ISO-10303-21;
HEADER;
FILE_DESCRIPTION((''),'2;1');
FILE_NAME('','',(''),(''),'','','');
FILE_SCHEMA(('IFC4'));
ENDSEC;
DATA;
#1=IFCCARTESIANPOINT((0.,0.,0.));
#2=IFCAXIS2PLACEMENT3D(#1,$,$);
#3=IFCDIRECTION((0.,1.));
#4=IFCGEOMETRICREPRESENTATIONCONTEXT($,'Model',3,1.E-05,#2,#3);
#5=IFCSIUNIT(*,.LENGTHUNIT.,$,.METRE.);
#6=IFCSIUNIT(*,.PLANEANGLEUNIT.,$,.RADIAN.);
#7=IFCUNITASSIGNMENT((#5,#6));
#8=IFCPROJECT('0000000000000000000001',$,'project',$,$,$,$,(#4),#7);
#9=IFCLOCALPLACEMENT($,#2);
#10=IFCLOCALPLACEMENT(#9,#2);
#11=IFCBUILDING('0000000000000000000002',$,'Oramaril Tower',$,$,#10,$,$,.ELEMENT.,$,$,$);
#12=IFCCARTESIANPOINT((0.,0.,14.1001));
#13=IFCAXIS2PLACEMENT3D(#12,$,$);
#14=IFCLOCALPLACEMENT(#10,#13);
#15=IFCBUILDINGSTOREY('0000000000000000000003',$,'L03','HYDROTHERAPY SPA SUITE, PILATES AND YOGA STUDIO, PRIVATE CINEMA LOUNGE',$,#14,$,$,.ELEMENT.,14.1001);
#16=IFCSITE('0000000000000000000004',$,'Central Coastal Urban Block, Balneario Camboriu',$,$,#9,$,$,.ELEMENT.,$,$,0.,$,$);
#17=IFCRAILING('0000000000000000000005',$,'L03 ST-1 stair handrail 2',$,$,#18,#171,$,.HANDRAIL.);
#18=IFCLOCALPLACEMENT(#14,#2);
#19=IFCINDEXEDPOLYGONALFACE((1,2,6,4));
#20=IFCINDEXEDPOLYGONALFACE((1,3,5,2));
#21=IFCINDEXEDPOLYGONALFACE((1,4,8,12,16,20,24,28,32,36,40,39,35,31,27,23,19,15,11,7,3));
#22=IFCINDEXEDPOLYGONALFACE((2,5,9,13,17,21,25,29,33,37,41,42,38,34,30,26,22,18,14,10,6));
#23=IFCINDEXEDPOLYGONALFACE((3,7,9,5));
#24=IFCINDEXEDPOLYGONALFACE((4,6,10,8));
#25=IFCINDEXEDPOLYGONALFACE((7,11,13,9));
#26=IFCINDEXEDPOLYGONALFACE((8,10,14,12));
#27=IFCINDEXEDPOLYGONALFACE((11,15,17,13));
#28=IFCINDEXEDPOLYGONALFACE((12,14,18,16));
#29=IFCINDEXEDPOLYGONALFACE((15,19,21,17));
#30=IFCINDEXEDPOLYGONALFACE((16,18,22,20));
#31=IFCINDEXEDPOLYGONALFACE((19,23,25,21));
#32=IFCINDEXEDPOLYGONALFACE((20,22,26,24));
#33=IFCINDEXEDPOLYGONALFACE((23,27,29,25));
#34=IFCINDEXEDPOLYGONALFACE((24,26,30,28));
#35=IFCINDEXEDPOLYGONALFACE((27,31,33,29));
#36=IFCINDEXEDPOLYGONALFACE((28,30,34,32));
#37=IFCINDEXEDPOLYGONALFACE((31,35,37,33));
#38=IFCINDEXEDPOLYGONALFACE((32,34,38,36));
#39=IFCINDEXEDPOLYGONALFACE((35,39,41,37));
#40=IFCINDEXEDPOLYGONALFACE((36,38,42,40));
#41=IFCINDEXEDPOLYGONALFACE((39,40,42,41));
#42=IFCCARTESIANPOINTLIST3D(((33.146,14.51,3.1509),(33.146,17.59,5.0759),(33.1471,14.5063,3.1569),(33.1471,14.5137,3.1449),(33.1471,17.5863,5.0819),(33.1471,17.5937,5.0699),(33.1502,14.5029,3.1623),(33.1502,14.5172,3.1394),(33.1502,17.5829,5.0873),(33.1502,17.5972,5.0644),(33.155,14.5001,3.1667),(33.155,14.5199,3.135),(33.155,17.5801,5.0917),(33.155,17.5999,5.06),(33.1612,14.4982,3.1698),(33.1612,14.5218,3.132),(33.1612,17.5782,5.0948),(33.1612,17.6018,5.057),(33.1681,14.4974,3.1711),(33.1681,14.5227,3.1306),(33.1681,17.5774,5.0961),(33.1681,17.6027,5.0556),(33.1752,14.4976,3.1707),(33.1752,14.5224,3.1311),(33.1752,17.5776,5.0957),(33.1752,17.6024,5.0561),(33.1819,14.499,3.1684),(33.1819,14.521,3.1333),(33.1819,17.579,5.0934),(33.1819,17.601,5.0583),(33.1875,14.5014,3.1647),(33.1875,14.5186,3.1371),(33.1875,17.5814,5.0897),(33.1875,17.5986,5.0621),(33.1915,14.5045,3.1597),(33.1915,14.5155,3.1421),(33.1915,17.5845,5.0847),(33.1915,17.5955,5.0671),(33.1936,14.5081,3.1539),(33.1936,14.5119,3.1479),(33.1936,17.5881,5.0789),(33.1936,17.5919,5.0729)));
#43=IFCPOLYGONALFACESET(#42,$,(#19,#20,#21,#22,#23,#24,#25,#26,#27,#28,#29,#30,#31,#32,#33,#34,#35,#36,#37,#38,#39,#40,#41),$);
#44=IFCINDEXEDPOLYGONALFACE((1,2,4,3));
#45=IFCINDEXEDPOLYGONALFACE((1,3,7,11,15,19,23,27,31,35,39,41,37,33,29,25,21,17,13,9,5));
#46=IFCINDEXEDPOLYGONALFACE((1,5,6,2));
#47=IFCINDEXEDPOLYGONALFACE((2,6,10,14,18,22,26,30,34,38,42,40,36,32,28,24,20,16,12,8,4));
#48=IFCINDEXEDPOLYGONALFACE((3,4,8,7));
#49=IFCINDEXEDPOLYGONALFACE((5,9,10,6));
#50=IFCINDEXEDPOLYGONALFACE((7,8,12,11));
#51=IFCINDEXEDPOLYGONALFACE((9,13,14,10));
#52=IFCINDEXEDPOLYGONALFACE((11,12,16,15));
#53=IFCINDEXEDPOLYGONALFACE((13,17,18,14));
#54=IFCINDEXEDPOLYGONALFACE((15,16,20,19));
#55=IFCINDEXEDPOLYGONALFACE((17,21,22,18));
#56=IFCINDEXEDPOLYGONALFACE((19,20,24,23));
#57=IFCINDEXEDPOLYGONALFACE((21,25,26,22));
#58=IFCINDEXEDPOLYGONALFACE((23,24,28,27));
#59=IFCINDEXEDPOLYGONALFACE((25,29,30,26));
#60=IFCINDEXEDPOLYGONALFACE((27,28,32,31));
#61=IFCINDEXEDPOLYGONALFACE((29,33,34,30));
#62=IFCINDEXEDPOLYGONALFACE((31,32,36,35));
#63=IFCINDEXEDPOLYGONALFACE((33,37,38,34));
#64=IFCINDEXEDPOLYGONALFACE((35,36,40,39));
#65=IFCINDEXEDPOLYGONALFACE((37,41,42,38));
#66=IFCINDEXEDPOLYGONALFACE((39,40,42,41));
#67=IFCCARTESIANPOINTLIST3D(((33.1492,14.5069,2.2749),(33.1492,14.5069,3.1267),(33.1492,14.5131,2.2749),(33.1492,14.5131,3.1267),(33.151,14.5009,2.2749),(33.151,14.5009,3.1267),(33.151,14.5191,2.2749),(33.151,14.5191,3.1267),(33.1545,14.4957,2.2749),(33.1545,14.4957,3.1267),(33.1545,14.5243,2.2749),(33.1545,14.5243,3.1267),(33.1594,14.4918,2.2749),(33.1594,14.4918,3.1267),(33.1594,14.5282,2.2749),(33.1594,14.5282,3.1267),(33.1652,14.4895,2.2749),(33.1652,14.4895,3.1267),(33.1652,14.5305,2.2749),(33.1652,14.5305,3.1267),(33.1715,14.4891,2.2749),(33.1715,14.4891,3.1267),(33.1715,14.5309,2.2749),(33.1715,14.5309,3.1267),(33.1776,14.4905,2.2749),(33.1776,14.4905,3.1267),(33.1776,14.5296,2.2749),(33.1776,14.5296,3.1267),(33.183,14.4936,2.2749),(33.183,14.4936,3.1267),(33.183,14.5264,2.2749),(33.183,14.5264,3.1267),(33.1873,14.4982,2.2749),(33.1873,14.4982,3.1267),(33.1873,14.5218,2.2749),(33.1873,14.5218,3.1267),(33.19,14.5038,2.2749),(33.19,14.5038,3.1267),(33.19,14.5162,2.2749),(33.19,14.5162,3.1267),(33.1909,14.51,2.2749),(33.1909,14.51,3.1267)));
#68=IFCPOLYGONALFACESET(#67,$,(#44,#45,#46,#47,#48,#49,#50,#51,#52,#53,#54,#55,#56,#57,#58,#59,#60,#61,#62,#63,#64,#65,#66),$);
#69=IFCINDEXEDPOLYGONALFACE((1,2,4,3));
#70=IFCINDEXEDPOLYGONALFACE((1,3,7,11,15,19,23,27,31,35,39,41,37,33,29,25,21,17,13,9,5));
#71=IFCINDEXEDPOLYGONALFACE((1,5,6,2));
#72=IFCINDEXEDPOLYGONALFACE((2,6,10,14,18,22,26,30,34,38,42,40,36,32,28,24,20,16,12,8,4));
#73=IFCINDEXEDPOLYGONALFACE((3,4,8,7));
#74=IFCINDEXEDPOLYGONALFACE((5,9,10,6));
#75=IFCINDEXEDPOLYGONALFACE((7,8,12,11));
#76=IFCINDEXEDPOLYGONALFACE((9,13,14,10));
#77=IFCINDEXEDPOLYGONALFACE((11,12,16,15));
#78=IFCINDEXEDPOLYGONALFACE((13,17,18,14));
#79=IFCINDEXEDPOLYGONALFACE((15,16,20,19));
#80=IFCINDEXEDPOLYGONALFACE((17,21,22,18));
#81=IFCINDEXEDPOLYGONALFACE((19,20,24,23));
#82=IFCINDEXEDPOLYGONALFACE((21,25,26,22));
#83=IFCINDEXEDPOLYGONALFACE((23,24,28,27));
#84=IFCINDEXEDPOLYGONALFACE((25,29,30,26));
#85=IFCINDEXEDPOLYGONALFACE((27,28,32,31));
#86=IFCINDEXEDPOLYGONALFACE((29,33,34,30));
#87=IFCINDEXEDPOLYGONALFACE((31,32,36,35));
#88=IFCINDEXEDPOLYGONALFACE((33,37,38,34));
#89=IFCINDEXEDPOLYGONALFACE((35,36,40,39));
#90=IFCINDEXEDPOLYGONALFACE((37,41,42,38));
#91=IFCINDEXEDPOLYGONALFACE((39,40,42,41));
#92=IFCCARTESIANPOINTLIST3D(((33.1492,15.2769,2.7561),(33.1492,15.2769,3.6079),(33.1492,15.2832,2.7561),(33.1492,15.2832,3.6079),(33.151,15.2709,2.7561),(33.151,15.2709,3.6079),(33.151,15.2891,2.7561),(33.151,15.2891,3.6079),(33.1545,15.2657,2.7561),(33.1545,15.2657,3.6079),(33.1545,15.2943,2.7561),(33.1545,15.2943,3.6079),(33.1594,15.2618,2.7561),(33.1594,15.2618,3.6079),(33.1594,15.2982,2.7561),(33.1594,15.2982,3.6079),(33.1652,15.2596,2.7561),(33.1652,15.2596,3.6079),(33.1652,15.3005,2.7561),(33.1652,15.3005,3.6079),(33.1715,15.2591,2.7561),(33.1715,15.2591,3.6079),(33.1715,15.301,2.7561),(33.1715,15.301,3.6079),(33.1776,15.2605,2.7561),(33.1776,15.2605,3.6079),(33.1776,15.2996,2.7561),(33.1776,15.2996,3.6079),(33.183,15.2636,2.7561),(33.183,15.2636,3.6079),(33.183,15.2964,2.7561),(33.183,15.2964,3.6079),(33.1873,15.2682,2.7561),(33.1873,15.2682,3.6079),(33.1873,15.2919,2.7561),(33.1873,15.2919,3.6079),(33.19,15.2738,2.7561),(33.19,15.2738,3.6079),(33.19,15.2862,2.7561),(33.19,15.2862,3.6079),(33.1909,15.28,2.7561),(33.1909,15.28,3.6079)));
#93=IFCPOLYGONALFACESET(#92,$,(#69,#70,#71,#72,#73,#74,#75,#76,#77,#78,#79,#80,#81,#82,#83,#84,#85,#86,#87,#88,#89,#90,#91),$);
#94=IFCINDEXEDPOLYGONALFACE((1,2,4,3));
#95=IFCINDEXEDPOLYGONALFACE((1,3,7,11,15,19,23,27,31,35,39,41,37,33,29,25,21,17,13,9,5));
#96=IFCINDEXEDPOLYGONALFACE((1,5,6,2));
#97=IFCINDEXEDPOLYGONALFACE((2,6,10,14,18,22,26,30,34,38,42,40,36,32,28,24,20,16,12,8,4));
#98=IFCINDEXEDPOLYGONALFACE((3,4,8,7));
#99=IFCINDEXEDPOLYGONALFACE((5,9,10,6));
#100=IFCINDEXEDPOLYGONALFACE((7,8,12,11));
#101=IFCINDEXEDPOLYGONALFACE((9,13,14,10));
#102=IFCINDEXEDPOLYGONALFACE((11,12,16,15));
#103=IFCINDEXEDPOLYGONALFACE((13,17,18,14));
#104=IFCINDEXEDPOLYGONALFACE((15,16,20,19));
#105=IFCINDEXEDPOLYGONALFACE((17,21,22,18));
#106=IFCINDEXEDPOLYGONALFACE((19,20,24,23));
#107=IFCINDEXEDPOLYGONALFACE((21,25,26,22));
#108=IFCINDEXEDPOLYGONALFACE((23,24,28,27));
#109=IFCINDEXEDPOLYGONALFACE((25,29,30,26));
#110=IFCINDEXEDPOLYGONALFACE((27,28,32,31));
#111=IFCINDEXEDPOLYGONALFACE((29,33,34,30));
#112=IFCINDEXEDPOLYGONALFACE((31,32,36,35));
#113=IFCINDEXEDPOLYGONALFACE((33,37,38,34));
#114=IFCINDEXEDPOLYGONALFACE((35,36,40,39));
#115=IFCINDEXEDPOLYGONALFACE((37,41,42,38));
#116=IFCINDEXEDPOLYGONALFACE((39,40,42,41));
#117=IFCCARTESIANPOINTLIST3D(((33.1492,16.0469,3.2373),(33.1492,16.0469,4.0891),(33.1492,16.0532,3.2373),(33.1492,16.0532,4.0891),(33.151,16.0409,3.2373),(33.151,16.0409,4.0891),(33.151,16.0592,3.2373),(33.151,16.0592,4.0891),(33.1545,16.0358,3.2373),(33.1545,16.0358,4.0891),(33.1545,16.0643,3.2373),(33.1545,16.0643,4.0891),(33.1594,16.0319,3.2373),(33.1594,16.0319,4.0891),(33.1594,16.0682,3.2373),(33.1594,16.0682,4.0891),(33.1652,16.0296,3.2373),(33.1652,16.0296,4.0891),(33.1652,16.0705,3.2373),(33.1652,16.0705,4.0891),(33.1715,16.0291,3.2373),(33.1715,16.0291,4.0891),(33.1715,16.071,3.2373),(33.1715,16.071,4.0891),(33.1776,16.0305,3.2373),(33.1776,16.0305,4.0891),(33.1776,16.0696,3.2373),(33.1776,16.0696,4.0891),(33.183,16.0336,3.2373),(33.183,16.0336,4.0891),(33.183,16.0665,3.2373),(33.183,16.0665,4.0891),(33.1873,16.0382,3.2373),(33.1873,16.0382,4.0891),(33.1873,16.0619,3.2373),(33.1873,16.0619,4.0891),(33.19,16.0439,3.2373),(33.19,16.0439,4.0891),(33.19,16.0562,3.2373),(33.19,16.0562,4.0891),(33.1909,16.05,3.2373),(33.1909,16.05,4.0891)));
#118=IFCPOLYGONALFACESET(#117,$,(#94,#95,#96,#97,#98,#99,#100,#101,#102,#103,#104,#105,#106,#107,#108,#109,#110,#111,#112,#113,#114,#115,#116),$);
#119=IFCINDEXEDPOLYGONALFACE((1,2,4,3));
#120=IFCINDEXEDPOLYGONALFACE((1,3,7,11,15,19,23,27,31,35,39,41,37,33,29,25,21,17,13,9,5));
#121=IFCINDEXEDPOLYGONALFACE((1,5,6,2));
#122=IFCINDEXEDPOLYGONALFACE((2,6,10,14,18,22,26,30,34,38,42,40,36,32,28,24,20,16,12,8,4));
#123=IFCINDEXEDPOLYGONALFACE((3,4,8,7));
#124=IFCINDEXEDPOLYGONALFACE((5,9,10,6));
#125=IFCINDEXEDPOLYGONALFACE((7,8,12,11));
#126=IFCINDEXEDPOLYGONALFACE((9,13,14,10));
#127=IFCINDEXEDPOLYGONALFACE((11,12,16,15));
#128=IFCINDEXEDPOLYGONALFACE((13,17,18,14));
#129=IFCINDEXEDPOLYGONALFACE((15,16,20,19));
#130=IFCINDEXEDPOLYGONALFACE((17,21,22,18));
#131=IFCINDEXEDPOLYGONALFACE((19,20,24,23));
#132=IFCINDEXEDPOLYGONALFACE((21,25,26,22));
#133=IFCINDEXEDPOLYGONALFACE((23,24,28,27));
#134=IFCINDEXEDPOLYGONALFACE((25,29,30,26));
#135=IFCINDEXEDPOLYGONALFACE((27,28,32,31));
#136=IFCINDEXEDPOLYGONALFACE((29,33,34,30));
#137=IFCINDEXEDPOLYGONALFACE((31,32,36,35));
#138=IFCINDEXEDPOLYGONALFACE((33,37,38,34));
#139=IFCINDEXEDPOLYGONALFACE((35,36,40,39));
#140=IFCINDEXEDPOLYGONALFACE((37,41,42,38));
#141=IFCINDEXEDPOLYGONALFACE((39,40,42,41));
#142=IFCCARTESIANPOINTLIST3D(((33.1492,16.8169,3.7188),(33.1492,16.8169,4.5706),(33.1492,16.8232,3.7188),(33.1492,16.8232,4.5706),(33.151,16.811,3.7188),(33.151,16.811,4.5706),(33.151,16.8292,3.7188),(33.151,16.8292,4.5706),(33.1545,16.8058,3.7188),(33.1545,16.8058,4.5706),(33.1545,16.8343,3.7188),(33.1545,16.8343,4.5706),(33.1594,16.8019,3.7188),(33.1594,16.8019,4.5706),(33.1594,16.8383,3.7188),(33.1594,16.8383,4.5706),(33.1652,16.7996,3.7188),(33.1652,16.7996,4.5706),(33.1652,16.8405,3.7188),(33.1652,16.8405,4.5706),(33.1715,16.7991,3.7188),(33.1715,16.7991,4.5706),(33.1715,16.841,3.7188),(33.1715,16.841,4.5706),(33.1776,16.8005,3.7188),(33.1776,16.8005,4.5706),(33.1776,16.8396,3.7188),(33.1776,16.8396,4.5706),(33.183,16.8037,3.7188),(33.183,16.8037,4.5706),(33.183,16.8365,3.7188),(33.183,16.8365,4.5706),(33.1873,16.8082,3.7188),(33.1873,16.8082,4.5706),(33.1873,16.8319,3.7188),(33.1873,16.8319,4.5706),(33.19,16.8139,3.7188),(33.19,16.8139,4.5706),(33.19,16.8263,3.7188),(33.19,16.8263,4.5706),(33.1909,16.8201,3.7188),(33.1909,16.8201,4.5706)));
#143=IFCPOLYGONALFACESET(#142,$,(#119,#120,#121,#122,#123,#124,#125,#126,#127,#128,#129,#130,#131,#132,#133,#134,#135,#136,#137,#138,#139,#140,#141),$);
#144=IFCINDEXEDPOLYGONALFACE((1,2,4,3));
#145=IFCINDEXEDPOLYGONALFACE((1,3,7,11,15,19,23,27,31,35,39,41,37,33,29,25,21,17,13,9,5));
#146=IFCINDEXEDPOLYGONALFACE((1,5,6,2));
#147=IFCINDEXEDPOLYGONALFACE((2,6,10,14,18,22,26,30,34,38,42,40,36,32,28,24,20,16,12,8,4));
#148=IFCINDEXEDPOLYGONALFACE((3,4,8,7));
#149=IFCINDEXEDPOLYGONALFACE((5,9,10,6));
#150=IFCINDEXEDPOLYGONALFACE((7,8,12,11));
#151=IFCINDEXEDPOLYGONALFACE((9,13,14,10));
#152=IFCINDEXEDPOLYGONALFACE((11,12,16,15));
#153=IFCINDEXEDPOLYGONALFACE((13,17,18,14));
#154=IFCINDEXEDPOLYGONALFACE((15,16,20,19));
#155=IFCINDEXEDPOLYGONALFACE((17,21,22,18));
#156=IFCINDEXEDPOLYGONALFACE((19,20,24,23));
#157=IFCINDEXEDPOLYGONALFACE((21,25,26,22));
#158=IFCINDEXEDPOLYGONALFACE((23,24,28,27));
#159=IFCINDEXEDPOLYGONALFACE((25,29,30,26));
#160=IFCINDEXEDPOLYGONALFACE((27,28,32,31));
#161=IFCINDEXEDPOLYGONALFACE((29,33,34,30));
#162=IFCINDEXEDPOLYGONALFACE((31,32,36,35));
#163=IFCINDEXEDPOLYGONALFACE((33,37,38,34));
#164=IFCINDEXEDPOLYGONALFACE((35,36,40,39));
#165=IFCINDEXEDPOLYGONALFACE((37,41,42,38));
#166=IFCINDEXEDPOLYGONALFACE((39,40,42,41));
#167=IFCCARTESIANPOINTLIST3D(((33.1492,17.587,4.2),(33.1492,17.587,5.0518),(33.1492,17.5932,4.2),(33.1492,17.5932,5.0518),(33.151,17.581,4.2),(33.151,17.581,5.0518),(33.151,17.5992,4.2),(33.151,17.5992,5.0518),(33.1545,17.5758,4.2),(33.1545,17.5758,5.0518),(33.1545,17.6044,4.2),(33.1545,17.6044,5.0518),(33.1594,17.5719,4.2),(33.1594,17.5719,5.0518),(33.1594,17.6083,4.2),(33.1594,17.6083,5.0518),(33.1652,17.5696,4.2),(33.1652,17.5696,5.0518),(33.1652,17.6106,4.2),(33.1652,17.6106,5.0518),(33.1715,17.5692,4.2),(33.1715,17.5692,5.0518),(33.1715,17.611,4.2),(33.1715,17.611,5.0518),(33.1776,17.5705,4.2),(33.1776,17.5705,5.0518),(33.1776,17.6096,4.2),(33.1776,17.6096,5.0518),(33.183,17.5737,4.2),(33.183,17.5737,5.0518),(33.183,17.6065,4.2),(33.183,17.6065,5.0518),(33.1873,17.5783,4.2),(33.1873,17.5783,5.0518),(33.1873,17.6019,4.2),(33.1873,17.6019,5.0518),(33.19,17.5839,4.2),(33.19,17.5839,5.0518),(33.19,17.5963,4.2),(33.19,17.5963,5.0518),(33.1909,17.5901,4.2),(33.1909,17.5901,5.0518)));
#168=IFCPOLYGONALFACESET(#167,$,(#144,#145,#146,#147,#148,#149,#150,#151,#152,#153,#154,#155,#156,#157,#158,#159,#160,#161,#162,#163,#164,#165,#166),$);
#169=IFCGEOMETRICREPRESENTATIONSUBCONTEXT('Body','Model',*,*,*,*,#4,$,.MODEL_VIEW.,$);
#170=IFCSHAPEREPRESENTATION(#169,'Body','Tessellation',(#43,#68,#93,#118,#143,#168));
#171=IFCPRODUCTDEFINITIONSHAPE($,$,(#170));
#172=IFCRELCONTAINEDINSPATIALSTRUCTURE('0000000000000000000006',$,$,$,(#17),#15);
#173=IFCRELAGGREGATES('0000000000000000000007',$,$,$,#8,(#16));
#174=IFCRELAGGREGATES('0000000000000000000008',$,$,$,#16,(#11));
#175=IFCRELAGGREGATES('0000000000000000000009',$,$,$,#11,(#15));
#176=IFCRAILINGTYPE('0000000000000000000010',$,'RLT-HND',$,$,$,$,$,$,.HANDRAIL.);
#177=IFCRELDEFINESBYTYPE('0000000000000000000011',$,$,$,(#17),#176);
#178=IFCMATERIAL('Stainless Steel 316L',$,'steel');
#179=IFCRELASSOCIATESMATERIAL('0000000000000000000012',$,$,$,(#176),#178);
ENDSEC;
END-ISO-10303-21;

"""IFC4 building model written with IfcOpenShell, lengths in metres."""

from ifc_helpers import new_model, si_unit, direction, frame, origin, origin_2d, place, context, subcontext, project, spatial, circle, extrude, material, type_object, element, save


model = new_model("IFC4")

# Units and contexts
model_context = context("Model", 3, precision=1e-05, world=origin(), true_north=direction((0.0, 1.0)))
body_context = subcontext(model_context, "Body", "Model", "MODEL_VIEW")
ifc_project = project(units=[si_unit("LENGTHUNIT", "METRE"), si_unit("PLANEANGLEUNIT", "RADIAN")], contexts=[model_context])

# Site, building, storey
site_placement = place(None, origin())
site = spatial("IfcSite", under=ifc_project, at=site_placement, Name="Central Coastal Urban Block, Balneario Camboriu", CompositionType="ELEMENT", RefElevation=0.0)
building_placement = place(site_placement, origin())
building = spatial("IfcBuilding", under=site, at=building_placement, Name="Oramaril Tower", CompositionType="ELEMENT")
storey_placement = place(building_placement, frame((0.0, 0.0, 14.1001)))
storey = spatial("IfcBuildingStorey", under=building, at=storey_placement, Name="L03", Description="HYDROTHERAPY SPA SUITE, PILATES AND YOGA STUDIO, PRIVATE CINEMA LOUNGE", CompositionType="ELEMENT", Elevation=14.1001)

# Railing
ifc_material_1 = material(Name="Stainless Steel 316L", Category="steel")
railing_type_1 = type_object("IfcRailingType", Name="RLT-HND", PredefinedType="HANDRAIL", material=ifc_material_1)
railing_1_placement = place(storey_placement, frame((33.1699, 14.51, 2.2749)))
element("IfcRailing", 1, at=railing_1_placement, inside=storey, type_object=railing_type_1, Name="L03 ST-1 stair handrail 2", PredefinedType="HANDRAIL", context=body_context, shape_type="SweptSolid", body=[
    extrude(circle(Radius=0.0239, at=origin_2d()), frame((0.0, 0.0, 0.876), z_axis=(0.0, 0.847998, 0.529999), x_axis=(-1.0, 0.0, 0.0)), (0.0, 0.0, 1.0), 3.6321),
    extrude(circle(Radius=0.021, at=origin_2d()), origin(), (0.0, 0.0, 1.0), 0.8518),
    extrude(circle(Radius=0.021, at=origin_2d()), frame((0.0, 0.77, 0.4812)), (0.0, 0.0, 1.0), 0.8518),
    extrude(circle(Radius=0.021, at=origin_2d()), frame((0.0, 1.54, 0.9624)), (0.0, 0.0, 1.0), 0.8518),
    extrude(circle(Radius=0.021, at=origin_2d()), frame((0.0, 2.3101, 1.4438)), (0.0, 0.0, 1.0), 0.8518),
    extrude(circle(Radius=0.021, at=origin_2d()), frame((0.0, 3.0801, 1.925)), (0.0, 0.0, 1.0), 0.8518),
])

save(model, "model.ifc")
